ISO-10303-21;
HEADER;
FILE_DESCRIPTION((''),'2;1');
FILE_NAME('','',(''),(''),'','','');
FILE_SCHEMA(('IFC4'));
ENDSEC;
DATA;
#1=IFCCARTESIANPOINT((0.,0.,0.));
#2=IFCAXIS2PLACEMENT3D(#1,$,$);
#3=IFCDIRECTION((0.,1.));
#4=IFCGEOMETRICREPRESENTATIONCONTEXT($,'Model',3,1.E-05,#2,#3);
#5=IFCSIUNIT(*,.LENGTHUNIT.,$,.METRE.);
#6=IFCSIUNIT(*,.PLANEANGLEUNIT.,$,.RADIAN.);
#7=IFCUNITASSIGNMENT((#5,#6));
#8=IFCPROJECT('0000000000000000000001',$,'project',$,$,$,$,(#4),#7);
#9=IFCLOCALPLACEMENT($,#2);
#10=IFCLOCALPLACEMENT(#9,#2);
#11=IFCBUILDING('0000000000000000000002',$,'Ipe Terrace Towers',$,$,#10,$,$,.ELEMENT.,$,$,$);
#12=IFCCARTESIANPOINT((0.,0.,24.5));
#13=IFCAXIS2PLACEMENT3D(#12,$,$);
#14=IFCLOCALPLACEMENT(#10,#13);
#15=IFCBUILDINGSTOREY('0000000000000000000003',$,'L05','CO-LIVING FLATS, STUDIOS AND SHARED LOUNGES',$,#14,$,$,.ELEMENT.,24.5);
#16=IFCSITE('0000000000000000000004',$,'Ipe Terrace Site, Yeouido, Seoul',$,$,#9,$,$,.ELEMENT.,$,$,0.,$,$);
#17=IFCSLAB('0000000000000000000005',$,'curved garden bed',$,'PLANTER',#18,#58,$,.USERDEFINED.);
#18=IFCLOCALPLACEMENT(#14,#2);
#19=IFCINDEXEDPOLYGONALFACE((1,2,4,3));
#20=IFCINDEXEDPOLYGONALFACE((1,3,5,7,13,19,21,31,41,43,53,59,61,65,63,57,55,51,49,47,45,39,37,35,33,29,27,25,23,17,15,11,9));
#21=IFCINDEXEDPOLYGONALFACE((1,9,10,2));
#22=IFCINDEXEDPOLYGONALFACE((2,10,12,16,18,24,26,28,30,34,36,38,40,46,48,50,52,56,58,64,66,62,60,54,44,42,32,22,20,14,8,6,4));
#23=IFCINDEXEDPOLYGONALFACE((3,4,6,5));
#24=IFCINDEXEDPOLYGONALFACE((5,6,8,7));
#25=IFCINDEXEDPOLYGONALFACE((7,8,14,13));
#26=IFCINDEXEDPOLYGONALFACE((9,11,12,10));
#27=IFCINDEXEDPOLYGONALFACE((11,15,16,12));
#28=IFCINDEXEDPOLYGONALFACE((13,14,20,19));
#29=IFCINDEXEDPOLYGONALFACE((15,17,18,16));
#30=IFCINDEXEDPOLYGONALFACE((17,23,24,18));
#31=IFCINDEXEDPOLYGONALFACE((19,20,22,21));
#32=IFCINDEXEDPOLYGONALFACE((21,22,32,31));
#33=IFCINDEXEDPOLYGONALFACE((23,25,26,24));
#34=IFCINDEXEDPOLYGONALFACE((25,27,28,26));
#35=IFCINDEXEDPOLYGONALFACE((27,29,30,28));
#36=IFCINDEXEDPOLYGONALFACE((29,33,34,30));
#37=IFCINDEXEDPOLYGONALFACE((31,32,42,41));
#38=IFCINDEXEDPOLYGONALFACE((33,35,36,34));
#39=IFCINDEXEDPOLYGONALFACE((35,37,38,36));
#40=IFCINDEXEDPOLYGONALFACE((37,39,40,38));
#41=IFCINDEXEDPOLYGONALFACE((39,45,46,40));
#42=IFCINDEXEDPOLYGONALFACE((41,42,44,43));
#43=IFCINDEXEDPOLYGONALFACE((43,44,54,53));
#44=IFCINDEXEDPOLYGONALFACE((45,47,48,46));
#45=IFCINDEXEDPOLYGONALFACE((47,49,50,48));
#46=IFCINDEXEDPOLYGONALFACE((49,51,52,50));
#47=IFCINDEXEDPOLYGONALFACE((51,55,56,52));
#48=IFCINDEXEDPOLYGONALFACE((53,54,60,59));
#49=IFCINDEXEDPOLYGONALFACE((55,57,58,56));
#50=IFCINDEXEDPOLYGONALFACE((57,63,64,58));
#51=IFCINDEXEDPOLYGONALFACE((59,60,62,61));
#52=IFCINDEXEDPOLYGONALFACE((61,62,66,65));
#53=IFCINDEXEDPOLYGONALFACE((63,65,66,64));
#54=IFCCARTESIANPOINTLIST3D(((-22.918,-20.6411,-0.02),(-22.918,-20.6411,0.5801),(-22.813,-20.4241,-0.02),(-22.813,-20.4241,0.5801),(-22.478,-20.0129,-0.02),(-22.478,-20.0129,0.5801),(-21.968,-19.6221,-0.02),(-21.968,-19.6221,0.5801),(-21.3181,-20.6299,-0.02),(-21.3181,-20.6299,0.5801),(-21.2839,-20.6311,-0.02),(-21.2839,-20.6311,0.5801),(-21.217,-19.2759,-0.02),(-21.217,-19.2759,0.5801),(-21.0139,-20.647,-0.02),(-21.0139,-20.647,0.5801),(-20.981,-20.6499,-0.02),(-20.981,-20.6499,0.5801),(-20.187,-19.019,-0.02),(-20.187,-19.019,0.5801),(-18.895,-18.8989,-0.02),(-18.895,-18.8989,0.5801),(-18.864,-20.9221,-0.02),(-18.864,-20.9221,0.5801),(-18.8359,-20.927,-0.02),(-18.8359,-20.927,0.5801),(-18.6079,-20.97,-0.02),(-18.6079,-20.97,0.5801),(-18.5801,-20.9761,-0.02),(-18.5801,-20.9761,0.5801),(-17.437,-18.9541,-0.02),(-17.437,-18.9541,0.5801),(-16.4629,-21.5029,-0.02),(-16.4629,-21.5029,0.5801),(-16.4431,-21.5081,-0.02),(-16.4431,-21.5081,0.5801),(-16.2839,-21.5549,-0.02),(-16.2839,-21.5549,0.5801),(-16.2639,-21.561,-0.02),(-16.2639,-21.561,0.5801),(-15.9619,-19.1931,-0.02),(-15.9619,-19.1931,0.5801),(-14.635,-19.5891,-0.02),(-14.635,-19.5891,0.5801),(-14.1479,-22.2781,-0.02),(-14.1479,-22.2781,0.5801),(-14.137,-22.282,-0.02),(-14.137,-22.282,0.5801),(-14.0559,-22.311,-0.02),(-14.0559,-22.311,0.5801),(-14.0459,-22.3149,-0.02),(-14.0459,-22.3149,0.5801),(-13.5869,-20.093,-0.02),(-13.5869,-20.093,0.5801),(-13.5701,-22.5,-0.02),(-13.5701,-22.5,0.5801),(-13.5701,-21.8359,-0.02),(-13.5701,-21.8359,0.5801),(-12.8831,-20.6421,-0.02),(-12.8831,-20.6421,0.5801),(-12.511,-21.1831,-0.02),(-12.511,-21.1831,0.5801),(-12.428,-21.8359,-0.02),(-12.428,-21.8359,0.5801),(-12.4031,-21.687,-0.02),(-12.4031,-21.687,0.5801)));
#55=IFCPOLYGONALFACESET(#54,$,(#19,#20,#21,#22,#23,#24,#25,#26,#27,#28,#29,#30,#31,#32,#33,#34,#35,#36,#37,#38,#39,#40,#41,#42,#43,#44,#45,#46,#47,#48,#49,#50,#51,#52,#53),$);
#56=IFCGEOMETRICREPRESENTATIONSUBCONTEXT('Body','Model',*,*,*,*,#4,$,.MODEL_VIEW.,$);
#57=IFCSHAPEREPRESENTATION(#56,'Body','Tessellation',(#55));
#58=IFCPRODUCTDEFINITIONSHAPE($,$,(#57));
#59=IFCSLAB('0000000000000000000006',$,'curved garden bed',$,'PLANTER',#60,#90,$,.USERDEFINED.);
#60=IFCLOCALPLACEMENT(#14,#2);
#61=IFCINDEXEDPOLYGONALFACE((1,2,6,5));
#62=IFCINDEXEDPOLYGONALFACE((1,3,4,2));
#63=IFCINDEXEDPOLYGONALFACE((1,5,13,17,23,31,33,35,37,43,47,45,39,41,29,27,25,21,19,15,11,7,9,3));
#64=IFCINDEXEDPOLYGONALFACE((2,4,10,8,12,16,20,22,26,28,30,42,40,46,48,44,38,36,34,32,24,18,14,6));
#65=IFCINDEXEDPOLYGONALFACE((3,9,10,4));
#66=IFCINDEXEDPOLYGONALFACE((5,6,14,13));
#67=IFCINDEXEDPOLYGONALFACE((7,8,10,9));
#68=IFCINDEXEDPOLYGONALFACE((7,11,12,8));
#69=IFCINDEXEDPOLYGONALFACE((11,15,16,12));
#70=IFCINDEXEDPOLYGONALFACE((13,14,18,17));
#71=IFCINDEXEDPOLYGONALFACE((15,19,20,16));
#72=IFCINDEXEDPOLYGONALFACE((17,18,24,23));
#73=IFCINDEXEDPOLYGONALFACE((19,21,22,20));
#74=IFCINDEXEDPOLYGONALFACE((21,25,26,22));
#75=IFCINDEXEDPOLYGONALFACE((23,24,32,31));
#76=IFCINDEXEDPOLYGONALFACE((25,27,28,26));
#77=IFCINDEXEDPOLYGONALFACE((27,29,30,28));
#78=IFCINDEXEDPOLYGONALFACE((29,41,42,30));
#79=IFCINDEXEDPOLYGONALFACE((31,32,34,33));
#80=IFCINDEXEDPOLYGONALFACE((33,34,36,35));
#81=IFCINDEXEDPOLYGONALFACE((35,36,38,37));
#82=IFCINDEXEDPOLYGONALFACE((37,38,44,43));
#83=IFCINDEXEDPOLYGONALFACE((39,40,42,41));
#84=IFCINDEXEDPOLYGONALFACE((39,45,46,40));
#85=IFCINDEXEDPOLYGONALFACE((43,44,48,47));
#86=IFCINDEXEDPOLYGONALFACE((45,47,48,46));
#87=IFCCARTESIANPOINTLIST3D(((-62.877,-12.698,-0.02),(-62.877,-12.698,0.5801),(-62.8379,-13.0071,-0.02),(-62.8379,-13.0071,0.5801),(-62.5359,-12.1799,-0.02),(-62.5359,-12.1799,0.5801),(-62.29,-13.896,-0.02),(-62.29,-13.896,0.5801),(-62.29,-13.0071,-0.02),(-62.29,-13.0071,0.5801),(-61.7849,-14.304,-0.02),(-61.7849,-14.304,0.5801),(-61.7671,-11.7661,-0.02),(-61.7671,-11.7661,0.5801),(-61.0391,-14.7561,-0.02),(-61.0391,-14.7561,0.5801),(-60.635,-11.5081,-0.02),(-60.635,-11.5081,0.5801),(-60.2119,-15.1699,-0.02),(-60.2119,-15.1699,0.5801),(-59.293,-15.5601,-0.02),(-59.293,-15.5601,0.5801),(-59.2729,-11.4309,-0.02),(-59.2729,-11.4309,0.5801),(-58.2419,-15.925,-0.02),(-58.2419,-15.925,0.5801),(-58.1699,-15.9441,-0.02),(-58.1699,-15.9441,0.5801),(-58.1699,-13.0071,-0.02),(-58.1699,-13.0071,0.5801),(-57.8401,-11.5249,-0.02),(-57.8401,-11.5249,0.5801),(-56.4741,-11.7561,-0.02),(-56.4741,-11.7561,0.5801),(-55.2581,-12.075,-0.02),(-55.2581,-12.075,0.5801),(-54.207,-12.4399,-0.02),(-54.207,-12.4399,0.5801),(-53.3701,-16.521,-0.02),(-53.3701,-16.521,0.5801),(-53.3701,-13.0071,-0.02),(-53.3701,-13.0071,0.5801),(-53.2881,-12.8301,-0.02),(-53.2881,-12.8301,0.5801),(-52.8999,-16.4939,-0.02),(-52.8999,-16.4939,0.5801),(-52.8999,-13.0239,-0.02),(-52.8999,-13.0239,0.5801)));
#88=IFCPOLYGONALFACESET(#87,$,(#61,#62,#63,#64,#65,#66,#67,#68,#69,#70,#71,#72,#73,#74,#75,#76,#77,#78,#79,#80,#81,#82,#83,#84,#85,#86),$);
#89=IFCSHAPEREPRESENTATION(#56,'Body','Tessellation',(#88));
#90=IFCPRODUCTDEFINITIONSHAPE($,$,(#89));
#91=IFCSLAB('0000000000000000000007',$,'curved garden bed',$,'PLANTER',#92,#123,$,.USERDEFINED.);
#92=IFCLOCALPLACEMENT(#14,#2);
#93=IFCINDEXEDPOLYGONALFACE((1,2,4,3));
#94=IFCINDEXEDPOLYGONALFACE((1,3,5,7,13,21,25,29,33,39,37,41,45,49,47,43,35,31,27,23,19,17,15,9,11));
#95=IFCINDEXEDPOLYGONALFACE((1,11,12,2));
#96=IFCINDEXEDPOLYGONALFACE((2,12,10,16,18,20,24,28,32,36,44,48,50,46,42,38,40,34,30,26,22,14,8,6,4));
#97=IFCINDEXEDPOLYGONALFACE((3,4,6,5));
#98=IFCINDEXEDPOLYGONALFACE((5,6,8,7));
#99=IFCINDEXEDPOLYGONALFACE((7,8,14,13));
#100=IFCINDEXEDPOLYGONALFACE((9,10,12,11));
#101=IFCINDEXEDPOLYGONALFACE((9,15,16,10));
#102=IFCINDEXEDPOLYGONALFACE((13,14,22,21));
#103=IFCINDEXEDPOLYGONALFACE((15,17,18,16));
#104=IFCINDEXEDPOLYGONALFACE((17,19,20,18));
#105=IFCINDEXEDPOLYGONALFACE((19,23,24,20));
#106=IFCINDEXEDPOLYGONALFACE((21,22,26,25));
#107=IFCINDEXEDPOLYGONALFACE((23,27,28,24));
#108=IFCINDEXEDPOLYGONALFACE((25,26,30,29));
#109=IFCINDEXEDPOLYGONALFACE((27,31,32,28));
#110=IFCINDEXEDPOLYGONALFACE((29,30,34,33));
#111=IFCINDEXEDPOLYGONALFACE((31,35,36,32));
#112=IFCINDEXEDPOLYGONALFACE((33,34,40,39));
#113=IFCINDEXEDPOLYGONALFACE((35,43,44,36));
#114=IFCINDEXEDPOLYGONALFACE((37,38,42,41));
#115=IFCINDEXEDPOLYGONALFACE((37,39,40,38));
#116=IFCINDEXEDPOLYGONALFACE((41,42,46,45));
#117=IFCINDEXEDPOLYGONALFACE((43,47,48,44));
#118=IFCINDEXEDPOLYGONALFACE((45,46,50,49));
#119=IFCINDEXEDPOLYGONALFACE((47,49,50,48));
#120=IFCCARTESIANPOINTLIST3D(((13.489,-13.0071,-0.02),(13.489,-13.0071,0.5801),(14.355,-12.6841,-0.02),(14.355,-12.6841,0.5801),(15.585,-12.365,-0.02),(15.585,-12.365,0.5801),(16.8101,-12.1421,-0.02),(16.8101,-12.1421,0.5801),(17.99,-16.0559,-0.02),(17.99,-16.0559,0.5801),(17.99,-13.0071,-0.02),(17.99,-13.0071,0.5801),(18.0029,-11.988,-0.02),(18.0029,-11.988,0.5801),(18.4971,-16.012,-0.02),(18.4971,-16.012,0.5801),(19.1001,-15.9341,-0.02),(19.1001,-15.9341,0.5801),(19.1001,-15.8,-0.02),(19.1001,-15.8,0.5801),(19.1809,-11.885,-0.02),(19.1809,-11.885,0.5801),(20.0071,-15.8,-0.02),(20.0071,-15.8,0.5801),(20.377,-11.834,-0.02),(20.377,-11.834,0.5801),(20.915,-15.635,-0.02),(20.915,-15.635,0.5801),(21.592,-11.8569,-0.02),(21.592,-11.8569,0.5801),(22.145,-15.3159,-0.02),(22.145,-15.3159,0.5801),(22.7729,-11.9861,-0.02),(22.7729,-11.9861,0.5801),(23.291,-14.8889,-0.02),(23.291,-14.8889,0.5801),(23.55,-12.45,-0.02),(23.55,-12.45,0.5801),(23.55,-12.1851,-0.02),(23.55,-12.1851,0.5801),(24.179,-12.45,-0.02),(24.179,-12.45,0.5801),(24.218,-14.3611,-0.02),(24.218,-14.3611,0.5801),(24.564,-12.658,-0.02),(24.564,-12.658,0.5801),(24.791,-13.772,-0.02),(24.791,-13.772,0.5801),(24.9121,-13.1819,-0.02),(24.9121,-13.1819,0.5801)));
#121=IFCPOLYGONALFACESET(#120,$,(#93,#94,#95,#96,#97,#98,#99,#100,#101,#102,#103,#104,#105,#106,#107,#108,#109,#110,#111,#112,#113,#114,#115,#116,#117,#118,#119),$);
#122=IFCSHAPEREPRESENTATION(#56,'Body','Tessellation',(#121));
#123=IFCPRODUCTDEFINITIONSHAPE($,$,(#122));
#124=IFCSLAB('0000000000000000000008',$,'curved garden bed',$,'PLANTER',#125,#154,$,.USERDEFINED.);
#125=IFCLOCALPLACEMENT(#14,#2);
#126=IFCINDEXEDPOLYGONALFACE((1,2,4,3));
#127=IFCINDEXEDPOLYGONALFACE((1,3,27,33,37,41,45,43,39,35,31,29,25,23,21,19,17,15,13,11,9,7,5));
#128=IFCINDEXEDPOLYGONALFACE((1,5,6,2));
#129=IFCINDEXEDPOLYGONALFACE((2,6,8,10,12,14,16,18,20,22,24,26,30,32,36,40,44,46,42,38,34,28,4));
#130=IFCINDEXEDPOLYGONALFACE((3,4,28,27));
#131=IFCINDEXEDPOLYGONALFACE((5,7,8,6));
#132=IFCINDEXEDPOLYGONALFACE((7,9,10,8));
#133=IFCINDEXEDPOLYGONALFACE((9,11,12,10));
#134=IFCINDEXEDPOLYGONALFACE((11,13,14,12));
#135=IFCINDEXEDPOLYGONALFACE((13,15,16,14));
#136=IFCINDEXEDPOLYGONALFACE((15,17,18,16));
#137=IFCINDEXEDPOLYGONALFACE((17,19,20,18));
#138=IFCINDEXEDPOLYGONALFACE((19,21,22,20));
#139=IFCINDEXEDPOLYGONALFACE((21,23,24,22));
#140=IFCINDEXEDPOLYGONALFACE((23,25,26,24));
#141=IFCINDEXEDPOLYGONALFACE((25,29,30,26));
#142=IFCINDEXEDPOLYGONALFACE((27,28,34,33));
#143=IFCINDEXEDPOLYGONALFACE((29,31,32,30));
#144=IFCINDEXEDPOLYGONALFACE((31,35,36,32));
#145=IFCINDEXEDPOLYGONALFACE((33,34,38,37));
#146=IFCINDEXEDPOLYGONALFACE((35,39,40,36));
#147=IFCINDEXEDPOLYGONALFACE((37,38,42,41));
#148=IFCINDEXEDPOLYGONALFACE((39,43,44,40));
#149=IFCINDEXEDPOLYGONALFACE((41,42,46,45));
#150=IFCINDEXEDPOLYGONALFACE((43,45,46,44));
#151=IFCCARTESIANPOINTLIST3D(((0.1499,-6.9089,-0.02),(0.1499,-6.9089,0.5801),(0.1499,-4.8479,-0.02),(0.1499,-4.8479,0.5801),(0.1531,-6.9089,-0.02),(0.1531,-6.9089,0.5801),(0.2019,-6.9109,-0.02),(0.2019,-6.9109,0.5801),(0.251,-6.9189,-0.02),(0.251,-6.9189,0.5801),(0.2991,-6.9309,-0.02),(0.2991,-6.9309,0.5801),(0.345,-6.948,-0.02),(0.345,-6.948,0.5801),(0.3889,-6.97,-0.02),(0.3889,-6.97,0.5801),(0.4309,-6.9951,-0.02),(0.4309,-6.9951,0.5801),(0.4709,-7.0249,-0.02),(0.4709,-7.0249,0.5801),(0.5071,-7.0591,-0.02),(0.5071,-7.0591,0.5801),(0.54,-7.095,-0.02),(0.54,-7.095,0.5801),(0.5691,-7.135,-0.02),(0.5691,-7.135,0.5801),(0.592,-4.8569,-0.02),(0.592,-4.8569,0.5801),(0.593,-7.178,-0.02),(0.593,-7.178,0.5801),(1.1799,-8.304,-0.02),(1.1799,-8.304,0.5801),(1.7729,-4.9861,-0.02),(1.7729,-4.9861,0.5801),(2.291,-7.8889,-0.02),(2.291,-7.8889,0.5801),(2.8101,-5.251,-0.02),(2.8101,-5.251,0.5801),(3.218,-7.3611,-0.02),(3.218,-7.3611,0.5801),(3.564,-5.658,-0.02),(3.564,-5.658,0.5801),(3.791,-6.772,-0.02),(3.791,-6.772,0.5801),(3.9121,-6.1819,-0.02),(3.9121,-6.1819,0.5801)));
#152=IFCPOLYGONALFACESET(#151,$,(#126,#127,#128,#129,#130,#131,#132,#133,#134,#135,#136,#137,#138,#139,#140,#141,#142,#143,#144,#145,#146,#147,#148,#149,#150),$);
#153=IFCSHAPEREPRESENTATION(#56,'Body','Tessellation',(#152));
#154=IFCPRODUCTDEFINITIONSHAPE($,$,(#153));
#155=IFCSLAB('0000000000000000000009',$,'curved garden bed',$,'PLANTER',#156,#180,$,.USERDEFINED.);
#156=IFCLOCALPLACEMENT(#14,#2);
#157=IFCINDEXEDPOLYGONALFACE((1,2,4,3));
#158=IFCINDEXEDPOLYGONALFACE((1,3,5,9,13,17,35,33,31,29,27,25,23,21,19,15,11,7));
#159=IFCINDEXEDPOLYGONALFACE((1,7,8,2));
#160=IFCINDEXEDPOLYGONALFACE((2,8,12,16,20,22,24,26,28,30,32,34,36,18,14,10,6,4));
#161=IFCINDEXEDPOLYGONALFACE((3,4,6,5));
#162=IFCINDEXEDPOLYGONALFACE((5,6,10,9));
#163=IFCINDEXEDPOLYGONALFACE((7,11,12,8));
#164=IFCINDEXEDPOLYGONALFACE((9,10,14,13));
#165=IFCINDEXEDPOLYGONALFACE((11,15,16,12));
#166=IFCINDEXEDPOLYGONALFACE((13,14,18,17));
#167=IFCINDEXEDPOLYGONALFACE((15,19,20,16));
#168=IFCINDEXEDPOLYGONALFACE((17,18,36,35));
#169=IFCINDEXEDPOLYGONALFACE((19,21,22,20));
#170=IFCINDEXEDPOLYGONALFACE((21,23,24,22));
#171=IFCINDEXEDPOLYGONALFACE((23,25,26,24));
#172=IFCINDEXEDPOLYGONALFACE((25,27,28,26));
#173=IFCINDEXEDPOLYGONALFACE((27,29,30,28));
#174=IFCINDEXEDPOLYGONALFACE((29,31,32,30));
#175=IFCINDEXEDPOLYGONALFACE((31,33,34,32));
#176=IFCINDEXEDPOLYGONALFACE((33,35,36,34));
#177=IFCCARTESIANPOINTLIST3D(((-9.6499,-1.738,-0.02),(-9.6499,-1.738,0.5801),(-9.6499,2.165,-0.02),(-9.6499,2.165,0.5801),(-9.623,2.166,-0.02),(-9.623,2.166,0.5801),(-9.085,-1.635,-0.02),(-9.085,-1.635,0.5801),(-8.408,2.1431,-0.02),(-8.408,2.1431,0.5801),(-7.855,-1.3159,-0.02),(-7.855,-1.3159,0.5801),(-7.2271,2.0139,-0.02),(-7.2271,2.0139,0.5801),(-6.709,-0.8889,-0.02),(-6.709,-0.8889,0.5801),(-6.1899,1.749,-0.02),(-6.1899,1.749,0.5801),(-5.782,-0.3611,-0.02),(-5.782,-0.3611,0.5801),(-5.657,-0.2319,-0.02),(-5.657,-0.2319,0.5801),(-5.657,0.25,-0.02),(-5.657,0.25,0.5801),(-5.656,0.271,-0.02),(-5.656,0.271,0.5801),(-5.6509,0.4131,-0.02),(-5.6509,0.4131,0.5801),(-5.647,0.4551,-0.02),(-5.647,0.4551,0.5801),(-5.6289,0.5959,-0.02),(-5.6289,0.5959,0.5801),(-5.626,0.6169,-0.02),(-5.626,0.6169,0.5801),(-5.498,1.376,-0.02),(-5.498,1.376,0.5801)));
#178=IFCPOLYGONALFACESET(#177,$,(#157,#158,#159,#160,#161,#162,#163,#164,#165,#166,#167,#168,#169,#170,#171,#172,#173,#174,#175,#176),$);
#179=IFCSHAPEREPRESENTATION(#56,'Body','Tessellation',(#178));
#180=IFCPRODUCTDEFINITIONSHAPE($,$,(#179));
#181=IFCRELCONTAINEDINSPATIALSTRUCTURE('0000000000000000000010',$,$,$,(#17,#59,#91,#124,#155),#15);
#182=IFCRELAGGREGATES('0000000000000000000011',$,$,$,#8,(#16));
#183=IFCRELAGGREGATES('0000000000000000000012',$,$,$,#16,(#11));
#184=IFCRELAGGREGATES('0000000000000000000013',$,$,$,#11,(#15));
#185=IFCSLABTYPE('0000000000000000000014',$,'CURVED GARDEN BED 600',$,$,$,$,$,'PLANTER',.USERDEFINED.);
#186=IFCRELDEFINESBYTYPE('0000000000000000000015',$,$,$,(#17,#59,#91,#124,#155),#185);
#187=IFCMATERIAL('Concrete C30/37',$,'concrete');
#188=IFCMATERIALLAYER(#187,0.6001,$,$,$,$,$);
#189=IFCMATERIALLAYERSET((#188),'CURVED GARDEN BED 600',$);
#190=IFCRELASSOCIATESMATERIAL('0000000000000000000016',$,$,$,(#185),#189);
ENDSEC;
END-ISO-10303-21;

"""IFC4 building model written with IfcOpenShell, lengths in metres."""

from ifc_helpers import new_model, si_unit, direction, frame, origin, place, context, subcontext, project, spatial, polyline, outline, extrude, material, layer, layer_set, type_object, element, save


model = new_model("IFC4")

# Units and contexts
model_context = context("Model", 3, precision=1e-05, world=origin(), true_north=direction((0.0, 1.0)))
body_context = subcontext(model_context, "Body", "Model", "MODEL_VIEW")
ifc_project = project(units=[si_unit("LENGTHUNIT", "METRE"), si_unit("PLANEANGLEUNIT", "RADIAN")], contexts=[model_context])

# Site, building, storey
site_placement = place(None, origin())
site = spatial("IfcSite", under=ifc_project, at=site_placement, Name="Ipe Terrace Site, Yeouido, Seoul", CompositionType="ELEMENT", RefElevation=0.0)
building_placement = place(site_placement, origin())
building = spatial("IfcBuilding", under=site, at=building_placement, Name="Ipe Terrace Towers", CompositionType="ELEMENT")
storey_placement = place(building_placement, frame((0.0, 0.0, 24.5)))
storey = spatial("IfcBuildingStorey", under=building, at=storey_placement, Name="L05", Description="CO-LIVING FLATS, STUDIOS AND SHARED LOUNGES", CompositionType="ELEMENT", Elevation=24.5)

# Slabs
ifc_material_1 = material(Name="Concrete C30/37", Category="concrete")
ifc_layer_1 = layer(ifc_material_1, 0.6001)
ifc_layer_set_1 = layer_set([ifc_layer_1], Name="CURVED GARDEN BED 600")
slab_type_1 = type_object("IfcSlabType", Name="CURVED GARDEN BED 600", ElementType="PLANTER", PredefinedType="USERDEFINED", material=ifc_layer_set_1)
slab_1_placement = place(storey_placement, frame((0.0, 0.0, -0.02)))
element("IfcSlab", 1, at=slab_1_placement, inside=storey, type_object=slab_type_1, Name="curved garden bed", ObjectType="PLANTER", PredefinedType="USERDEFINED", context=body_context, shape_type="SweptSolid", body=[
    extrude(outline(polyline([(-22.478, -20.0129), (-21.968, -19.6221), (-21.217, -19.2759), (-20.187, -19.019), (-18.895, -18.8989), (-17.437, -18.9541), (-15.9619, -19.1931), (-14.635, -19.5891), (-13.5869, -20.093), (-12.8831, -20.6421), (-12.511, -21.1831), (-12.4031, -21.687), (-12.428, -21.8359), (-13.5701, -21.8359), (-13.5701, -22.5), (-14.0459, -22.3149), (-14.0559, -22.311), (-14.137, -22.282), (-14.1479, -22.2781), (-16.2639, -21.561), (-16.2839, -21.5549), (-16.4431, -21.5081), (-16.4629, -21.5029), (-18.5801, -20.9761), (-18.6079, -20.97), (-18.8359, -20.927), (-18.864, -20.9221), (-20.981, -20.6499), (-21.0139, -20.647), (-21.2839, -20.6311), (-21.3181, -20.6299), (-22.918, -20.6411), (-22.813, -20.4241), (-22.478, -20.0129)])), origin(), (0.0, 0.0, 1.0), 0.6001),
])
slab_2_placement = place(storey_placement, frame((0.0, 0.0, -0.02)))
element("IfcSlab", 2, at=slab_2_placement, inside=storey, type_object=slab_type_1, Name="curved garden bed", ObjectType="PLANTER", PredefinedType="USERDEFINED", context=body_context, shape_type="SweptSolid", body=[
    extrude(outline(polyline([(-61.7671, -11.7661), (-60.635, -11.5081), (-59.2729, -11.4309), (-57.8401, -11.5249), (-56.4741, -11.7561), (-55.2581, -12.075), (-54.207, -12.4399), (-53.2881, -12.8301), (-52.8999, -13.0239), (-52.8999, -16.4939), (-53.3701, -16.521), (-53.3701, -13.0071), (-58.1699, -13.0071), (-58.1699, -15.9441), (-58.2419, -15.925), (-59.293, -15.5601), (-60.2119, -15.1699), (-61.0391, -14.7561), (-61.7849, -14.304), (-62.29, -13.896), (-62.29, -13.0071), (-62.8379, -13.0071), (-62.877, -12.698), (-62.5359, -12.1799), (-61.7671, -11.7661)])), origin(), (0.0, 0.0, 1.0), 0.6001),
])
slab_3_placement = place(storey_placement, frame((0.0, 0.0, -0.02)))
element("IfcSlab", 3, at=slab_3_placement, inside=storey, type_object=slab_type_1, Name="curved garden bed", ObjectType="PLANTER", PredefinedType="USERDEFINED", context=body_context, shape_type="SweptSolid", body=[
    extrude(outline(polyline([(24.791, -13.772), (24.218, -14.3611), (23.291, -14.8889), (22.145, -15.3159), (20.915, -15.635), (20.0071, -15.8), (19.1001, -15.8), (19.1001, -15.9341), (18.4971, -16.012), (17.99, -16.0559), (17.99, -13.0071), (13.489, -13.0071), (14.355, -12.6841), (15.585, -12.365), (16.8101, -12.1421), (18.0029, -11.988), (19.1809, -11.885), (20.377, -11.834), (21.592, -11.8569), (22.7729, -11.9861), (23.55, -12.1851), (23.55, -12.45), (24.179, -12.45), (24.564, -12.658), (24.9121, -13.1819), (24.791, -13.772)])), origin(), (0.0, 0.0, 1.0), 0.6001),
])
slab_4_placement = place(storey_placement, frame((0.0, 0.0, -0.02)))
element("IfcSlab", 4, at=slab_4_placement, inside=storey, type_object=slab_type_1, Name="curved garden bed", ObjectType="PLANTER", PredefinedType="USERDEFINED", context=body_context, shape_type="SweptSolid", body=[
    extrude(outline(polyline([(2.8101, -5.251), (3.564, -5.658), (3.9121, -6.1819), (3.791, -6.772), (3.218, -7.3611), (2.291, -7.8889), (1.1799, -8.304), (0.593, -7.178), (0.5691, -7.135), (0.54, -7.095), (0.5071, -7.0591), (0.4709, -7.0249), (0.4309, -6.9951), (0.3889, -6.97), (0.345, -6.948), (0.2991, -6.9309), (0.251, -6.9189), (0.2019, -6.9109), (0.1531, -6.9089), (0.1499, -6.9089), (0.1499, -4.8479), (0.592, -4.8569), (1.7729, -4.9861), (2.8101, -5.251)])), origin(), (0.0, 0.0, 1.0), 0.6001),
])
slab_5_placement = place(storey_placement, frame((0.0, 0.0, -0.02)))
element("IfcSlab", 5, at=slab_5_placement, inside=storey, type_object=slab_type_1, Name="curved garden bed", ObjectType="PLANTER", PredefinedType="USERDEFINED", context=body_context, shape_type="SweptSolid", body=[
    extrude(outline(polyline([(-7.2271, 2.0139), (-6.1899, 1.749), (-5.498, 1.376), (-5.626, 0.6169), (-5.6289, 0.5959), (-5.647, 0.4551), (-5.6509, 0.4131), (-5.656, 0.271), (-5.657, 0.25), (-5.657, -0.2319), (-5.782, -0.3611), (-6.709, -0.8889), (-7.855, -1.3159), (-9.085, -1.635), (-9.6499, -1.738), (-9.6499, 2.165), (-9.623, 2.166), (-8.408, 2.1431), (-7.2271, 2.0139)])), origin(), (0.0, 0.0, 1.0), 0.6001),
])

save(model, "model.ifc")
